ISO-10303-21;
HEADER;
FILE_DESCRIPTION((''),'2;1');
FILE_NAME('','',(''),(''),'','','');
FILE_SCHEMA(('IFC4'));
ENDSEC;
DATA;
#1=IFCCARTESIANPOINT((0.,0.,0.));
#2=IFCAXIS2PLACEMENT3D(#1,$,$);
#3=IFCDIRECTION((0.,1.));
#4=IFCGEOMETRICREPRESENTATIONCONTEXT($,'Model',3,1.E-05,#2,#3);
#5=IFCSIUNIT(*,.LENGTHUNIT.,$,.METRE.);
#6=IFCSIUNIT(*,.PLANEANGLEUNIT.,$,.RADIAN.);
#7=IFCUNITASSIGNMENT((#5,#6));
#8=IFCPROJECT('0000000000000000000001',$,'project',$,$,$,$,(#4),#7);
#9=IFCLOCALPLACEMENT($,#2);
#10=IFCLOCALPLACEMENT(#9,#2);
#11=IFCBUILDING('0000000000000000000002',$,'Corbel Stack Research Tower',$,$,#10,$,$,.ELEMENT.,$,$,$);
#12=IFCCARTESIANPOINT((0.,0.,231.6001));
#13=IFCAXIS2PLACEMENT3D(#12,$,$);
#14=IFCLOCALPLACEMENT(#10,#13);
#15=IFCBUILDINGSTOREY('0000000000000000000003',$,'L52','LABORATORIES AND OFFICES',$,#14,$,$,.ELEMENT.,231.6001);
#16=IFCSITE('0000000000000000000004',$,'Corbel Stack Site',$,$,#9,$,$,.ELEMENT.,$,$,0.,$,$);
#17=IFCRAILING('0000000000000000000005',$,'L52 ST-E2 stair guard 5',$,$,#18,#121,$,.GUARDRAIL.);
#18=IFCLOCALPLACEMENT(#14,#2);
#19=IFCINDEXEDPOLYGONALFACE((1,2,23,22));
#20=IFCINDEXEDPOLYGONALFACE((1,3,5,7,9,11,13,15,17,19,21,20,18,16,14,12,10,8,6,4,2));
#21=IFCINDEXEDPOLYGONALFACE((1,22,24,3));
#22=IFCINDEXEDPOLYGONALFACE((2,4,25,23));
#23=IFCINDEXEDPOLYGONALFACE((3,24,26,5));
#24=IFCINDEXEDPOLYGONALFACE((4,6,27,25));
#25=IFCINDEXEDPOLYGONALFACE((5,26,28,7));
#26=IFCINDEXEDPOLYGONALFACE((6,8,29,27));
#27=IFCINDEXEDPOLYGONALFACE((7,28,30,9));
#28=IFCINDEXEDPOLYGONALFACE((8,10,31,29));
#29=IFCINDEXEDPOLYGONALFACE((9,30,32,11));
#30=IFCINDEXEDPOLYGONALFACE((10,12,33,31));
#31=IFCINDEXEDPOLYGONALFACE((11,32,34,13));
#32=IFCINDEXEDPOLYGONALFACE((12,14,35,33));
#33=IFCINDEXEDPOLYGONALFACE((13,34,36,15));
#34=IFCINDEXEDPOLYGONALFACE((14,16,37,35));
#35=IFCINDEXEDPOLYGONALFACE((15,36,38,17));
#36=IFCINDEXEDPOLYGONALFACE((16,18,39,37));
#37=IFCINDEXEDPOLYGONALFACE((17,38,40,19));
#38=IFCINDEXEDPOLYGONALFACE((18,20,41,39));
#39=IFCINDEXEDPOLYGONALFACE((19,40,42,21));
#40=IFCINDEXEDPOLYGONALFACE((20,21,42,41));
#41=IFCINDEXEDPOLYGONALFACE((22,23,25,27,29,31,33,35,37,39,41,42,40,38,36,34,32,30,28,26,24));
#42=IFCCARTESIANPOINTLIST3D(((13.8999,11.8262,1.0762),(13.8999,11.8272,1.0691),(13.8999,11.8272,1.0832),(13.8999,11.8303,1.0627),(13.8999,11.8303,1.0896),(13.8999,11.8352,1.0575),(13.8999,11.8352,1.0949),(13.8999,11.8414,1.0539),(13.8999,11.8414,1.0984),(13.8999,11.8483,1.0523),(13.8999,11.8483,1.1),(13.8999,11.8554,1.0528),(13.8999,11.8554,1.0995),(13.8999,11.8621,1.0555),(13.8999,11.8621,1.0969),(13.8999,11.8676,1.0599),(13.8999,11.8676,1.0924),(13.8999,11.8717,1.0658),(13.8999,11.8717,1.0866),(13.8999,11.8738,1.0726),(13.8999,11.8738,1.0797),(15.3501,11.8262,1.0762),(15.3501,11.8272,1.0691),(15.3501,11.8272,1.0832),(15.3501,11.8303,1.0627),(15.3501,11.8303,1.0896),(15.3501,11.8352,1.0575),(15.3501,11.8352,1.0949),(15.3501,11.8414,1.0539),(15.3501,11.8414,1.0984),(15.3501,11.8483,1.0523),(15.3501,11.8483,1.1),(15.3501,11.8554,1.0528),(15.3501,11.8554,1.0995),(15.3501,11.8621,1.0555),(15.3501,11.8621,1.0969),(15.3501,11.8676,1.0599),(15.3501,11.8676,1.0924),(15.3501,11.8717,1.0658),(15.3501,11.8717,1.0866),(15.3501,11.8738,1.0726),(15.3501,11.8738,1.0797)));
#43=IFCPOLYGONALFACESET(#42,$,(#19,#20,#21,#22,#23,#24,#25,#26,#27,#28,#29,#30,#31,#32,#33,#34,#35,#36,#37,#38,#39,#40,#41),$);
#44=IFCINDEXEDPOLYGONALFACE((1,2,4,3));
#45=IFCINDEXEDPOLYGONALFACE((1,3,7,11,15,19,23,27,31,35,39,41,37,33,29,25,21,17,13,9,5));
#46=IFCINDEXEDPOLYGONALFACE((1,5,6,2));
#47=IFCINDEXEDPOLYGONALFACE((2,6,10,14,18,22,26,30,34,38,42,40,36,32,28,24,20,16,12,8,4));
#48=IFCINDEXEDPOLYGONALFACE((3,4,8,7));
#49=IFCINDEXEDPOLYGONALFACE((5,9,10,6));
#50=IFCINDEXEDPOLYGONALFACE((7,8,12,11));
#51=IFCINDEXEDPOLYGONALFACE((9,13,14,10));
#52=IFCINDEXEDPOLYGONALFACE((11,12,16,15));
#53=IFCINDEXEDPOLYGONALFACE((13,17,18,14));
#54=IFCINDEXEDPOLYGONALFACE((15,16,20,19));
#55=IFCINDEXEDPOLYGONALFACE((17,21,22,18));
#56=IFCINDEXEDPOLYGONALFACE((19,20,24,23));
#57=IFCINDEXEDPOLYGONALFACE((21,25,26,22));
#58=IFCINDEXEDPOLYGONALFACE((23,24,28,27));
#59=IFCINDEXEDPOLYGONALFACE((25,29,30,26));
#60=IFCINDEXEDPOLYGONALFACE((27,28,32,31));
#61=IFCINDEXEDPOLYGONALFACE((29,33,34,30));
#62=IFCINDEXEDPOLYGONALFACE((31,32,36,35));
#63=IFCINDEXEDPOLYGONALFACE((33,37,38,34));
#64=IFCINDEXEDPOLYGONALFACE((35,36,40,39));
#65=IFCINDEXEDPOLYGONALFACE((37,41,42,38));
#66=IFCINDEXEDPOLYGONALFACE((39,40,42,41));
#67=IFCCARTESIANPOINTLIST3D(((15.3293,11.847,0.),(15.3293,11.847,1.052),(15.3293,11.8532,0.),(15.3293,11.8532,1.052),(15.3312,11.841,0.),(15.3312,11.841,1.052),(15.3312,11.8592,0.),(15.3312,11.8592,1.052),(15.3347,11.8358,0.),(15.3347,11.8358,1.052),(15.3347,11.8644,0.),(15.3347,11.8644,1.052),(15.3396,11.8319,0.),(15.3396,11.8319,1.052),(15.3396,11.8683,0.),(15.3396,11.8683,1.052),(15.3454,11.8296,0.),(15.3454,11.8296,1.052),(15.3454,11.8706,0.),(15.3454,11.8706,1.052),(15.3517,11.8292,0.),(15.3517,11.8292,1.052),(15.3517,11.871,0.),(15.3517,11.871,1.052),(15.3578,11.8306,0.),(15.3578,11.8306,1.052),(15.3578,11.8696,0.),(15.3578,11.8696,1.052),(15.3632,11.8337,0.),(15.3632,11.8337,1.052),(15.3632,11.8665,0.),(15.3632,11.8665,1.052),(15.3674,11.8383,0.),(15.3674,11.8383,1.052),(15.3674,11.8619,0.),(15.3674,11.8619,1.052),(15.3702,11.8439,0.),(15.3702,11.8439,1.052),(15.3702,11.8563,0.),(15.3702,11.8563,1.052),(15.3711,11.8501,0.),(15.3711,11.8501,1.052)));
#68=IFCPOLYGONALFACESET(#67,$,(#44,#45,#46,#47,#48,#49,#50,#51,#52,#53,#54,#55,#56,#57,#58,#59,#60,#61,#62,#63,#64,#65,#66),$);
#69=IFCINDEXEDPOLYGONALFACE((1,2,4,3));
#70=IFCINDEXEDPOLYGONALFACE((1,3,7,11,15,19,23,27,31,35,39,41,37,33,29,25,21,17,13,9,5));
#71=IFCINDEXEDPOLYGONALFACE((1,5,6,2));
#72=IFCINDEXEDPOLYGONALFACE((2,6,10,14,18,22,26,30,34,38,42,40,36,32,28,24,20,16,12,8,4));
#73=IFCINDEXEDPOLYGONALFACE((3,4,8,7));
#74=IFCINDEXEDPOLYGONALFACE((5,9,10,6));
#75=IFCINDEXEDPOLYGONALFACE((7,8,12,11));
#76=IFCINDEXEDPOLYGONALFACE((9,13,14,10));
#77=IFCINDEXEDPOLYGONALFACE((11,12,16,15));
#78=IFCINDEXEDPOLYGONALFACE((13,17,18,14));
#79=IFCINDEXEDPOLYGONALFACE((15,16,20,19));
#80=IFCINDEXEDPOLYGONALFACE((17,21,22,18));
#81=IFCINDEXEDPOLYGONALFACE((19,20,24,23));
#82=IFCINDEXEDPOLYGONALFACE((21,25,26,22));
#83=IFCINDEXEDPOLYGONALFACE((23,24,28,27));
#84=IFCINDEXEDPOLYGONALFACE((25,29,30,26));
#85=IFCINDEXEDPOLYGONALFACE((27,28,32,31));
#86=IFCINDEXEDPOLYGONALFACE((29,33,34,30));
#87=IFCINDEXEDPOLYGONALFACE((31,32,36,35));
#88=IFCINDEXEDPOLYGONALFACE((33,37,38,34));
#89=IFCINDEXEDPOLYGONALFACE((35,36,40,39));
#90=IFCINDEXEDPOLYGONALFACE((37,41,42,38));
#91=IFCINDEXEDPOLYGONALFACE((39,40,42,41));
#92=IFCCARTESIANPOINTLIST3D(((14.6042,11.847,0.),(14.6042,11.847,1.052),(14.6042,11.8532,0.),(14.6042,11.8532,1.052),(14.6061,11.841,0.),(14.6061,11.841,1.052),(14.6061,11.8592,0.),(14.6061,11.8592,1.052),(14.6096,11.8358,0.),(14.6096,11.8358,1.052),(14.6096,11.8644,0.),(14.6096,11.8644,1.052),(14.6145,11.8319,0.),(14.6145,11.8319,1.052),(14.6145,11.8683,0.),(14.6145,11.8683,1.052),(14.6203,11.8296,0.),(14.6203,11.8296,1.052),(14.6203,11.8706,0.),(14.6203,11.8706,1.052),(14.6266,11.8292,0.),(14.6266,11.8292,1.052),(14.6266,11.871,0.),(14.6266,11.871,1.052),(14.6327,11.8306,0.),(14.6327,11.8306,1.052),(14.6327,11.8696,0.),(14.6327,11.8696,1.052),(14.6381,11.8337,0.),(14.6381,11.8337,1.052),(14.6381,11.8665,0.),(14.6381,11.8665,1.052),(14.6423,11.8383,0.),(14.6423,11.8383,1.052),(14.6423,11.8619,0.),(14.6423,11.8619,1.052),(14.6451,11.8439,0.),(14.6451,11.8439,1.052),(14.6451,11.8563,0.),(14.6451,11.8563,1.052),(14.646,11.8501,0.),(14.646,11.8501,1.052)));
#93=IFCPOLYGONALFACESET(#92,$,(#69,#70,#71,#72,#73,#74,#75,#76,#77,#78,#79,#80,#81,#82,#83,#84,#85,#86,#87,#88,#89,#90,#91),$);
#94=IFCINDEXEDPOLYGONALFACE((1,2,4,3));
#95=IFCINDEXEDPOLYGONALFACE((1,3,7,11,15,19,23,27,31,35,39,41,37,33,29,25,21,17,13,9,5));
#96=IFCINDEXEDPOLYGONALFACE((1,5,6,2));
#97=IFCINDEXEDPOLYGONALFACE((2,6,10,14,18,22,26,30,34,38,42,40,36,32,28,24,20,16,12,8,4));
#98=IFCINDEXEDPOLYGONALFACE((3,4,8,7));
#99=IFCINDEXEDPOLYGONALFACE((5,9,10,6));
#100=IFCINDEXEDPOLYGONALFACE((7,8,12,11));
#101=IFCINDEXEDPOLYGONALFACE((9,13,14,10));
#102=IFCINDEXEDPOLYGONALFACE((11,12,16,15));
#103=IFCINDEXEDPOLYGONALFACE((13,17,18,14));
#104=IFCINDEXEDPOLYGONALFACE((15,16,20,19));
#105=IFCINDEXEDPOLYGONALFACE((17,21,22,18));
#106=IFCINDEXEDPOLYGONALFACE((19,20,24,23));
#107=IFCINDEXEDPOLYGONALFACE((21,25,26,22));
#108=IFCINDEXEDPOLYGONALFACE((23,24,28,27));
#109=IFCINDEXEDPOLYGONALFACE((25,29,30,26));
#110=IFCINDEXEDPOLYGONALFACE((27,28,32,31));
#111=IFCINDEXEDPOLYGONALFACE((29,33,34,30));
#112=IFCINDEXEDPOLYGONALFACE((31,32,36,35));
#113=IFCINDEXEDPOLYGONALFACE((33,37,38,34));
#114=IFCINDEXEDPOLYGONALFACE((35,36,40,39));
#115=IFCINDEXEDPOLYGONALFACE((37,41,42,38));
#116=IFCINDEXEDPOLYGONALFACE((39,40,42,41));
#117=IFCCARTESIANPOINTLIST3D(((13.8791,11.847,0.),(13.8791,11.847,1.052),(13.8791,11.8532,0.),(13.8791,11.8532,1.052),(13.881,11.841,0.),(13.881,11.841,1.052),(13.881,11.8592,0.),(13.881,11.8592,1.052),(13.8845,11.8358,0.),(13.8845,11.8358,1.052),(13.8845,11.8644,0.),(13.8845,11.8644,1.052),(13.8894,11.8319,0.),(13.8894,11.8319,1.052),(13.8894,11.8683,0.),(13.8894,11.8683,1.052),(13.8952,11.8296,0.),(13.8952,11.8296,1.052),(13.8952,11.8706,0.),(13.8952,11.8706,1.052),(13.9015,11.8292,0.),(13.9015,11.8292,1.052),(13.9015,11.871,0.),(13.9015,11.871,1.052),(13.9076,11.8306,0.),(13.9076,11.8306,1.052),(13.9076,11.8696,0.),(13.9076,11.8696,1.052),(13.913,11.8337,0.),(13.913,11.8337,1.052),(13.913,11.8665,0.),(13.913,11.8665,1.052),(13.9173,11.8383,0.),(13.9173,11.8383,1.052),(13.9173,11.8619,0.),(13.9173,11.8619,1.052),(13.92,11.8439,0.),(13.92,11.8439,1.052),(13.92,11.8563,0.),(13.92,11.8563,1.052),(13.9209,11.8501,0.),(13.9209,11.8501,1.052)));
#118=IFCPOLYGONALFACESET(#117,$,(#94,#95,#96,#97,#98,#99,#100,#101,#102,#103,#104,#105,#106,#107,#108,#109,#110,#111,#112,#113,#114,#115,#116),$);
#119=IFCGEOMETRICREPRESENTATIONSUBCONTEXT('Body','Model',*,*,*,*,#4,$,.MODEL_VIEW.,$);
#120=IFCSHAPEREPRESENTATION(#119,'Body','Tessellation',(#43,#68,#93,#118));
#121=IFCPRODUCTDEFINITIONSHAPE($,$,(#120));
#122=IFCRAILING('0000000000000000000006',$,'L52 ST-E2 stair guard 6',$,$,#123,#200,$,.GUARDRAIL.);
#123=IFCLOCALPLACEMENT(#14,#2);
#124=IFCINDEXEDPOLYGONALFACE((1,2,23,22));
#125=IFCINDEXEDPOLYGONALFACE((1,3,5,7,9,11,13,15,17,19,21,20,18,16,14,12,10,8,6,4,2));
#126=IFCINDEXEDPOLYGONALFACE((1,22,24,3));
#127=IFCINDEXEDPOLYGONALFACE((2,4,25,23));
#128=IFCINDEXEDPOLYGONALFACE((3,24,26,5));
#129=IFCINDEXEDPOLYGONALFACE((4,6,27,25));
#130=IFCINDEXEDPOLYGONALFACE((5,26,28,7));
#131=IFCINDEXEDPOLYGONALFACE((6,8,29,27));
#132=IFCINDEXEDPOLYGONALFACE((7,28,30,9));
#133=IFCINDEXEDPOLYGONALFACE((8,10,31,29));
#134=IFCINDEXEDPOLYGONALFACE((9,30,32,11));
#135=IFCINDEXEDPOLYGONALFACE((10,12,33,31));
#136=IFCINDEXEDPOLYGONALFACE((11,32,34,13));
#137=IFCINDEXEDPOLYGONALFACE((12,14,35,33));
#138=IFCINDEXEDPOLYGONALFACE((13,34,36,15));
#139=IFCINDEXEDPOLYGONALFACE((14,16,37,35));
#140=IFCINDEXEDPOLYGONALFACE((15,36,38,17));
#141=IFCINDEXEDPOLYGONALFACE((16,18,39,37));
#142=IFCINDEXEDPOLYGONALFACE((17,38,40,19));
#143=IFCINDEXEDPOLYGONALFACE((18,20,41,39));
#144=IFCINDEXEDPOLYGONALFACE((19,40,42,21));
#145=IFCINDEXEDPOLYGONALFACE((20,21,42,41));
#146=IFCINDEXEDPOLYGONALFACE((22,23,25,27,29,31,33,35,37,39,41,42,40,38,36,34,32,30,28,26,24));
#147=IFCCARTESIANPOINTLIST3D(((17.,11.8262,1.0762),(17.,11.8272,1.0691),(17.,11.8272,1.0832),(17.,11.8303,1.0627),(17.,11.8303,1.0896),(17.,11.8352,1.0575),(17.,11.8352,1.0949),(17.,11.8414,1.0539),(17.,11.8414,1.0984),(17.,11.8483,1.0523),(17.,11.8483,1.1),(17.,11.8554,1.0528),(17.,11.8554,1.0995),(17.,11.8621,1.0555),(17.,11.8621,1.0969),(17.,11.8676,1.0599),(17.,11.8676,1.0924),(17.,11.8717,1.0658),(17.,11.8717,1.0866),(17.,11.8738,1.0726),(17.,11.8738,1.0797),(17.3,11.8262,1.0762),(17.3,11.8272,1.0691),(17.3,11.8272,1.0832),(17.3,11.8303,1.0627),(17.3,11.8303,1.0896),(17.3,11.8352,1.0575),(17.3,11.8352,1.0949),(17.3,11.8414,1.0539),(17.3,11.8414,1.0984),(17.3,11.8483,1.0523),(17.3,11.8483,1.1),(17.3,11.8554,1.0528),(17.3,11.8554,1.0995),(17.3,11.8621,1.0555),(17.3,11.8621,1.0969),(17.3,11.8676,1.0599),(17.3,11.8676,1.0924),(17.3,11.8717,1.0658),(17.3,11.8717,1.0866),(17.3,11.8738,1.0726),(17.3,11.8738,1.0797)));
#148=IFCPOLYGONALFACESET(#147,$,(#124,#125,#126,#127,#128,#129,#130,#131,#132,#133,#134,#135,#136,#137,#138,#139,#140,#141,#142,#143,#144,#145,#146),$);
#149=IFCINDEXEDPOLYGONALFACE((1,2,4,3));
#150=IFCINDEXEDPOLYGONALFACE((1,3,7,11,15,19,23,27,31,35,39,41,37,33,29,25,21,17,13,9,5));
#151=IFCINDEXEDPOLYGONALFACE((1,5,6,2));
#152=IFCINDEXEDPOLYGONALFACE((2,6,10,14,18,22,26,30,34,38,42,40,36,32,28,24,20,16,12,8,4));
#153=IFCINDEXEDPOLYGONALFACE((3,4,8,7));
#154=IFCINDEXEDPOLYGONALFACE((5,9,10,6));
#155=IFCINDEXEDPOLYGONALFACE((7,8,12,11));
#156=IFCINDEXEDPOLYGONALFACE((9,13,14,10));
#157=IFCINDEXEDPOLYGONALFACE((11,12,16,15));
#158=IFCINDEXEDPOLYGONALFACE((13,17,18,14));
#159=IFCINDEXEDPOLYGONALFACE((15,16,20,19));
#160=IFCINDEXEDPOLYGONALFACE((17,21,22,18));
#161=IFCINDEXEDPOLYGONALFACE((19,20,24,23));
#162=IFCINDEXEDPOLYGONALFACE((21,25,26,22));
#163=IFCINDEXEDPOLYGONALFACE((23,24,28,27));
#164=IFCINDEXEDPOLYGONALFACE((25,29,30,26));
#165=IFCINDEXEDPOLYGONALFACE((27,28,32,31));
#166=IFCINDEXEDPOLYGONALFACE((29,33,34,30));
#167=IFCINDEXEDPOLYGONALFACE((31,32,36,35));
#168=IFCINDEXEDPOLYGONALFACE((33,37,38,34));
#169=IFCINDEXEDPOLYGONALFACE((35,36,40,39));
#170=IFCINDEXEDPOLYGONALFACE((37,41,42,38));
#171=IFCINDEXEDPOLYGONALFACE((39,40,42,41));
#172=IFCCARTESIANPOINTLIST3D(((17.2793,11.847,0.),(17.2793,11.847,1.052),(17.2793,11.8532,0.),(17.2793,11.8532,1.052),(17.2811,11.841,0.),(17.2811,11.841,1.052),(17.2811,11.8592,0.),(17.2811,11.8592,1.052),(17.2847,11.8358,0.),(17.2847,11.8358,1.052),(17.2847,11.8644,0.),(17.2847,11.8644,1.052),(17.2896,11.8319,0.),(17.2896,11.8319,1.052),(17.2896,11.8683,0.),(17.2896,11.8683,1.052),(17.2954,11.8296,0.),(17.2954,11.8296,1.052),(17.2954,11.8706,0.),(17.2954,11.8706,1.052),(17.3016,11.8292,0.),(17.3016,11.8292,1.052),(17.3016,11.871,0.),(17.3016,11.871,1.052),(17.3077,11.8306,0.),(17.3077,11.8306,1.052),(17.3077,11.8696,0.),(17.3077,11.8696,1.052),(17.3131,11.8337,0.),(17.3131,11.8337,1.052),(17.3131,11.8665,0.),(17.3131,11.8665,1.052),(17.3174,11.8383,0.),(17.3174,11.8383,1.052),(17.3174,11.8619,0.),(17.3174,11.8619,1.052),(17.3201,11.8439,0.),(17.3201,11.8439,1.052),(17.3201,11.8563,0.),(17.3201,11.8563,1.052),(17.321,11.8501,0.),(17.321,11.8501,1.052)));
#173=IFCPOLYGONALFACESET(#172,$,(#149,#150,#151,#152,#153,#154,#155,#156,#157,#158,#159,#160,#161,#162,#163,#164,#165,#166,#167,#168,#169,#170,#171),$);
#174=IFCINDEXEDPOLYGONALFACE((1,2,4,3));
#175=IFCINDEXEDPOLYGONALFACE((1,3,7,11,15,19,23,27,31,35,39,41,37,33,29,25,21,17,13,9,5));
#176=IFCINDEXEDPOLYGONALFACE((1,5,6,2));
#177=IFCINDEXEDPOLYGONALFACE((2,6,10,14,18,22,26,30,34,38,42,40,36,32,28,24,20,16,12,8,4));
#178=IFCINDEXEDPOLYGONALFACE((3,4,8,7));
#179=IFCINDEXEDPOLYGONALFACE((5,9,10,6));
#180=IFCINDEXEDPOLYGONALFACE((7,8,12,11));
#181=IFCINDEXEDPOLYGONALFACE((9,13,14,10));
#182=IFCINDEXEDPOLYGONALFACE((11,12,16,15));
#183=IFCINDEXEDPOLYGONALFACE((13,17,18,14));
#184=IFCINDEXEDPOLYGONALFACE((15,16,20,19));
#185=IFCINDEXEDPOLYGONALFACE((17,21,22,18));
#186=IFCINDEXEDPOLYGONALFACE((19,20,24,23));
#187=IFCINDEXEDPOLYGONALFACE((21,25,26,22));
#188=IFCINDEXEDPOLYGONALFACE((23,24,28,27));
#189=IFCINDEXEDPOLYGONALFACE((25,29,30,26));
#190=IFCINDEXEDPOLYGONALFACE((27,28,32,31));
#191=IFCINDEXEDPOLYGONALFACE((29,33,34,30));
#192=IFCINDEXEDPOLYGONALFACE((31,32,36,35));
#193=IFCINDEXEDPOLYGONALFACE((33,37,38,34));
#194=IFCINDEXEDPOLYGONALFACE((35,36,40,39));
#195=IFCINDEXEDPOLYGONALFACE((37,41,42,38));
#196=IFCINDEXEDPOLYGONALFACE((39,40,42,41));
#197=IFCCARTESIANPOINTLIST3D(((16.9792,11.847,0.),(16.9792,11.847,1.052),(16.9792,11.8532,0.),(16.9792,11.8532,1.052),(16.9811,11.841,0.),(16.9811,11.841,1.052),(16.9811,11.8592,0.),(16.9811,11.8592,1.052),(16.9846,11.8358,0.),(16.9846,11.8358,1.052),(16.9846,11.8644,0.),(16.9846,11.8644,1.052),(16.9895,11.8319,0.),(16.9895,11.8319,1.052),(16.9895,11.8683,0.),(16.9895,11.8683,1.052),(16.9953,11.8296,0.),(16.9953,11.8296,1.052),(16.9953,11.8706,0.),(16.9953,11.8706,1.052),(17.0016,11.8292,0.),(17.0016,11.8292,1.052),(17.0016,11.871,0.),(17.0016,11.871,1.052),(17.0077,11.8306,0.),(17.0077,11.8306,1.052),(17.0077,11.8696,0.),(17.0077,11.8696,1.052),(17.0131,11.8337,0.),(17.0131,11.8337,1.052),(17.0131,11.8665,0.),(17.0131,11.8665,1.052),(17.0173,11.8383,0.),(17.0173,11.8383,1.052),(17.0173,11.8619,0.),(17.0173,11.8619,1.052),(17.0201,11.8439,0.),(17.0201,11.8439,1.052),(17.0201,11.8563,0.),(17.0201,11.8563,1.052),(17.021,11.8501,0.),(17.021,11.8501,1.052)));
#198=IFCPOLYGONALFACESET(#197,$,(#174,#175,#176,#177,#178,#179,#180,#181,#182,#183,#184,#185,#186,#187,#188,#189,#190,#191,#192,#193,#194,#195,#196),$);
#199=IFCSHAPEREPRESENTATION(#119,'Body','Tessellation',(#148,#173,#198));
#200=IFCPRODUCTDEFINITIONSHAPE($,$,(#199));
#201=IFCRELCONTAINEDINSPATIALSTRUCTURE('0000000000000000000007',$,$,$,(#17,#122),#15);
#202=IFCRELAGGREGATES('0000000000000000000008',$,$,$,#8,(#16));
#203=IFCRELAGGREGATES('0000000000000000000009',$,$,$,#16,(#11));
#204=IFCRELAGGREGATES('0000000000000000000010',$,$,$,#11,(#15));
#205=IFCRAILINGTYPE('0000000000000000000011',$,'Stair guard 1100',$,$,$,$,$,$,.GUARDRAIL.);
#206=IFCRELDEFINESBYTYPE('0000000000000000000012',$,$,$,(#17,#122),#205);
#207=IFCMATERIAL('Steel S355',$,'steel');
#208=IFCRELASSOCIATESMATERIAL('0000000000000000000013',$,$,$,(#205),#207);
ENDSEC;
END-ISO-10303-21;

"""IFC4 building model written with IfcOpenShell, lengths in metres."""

from ifc_helpers import new_model, si_unit, direction, frame, origin, origin_2d, place, context, subcontext, project, spatial, circle, extrude, material, type_object, element, save


model = new_model("IFC4")

# Units and contexts
model_context = context("Model", 3, precision=1e-05, world=origin(), true_north=direction((0.0, 1.0)))
body_context = subcontext(model_context, "Body", "Model", "MODEL_VIEW")
ifc_project = project(units=[si_unit("LENGTHUNIT", "METRE"), si_unit("PLANEANGLEUNIT", "RADIAN")], contexts=[model_context])

# Site, building, storey
site_placement = place(None, origin())
site = spatial("IfcSite", under=ifc_project, at=site_placement, Name="Corbel Stack Site", CompositionType="ELEMENT", RefElevation=0.0)
building_placement = place(site_placement, origin())
building = spatial("IfcBuilding", under=site, at=building_placement, Name="Corbel Stack Research Tower", CompositionType="ELEMENT")
storey_placement = place(building_placement, frame((0.0, 0.0, 231.6001)))
storey = spatial("IfcBuildingStorey", under=building, at=storey_placement, Name="L52", Description="LABORATORIES AND OFFICES", CompositionType="ELEMENT", Elevation=231.6001)

# Railings
ifc_material_1 = material(Name="Steel S355", Category="steel")
railing_type_1 = type_object("IfcRailingType", Name="Stair guard 1100", PredefinedType="GUARDRAIL", material=ifc_material_1)
railing_1_placement = place(storey_placement, frame((15.3501, 11.8501, 0.0)))
element("IfcRailing", 1, at=railing_1_placement, inside=storey, type_object=railing_type_1, Name="L52 ST-E2 stair guard 5", PredefinedType="GUARDRAIL", context=body_context, shape_type="SweptSolid", body=[
    extrude(circle(Radius=0.0239, at=origin_2d()), frame((0.0, 0.0, 1.0762), z_axis=(-1.0, 0.0, 0.0), x_axis=(0.0, -1.0, 0.0)), (0.0, 0.0, 1.0), 1.4502),
    extrude(circle(Radius=0.021, at=origin_2d()), origin(), (0.0, 0.0, 1.0), 1.052),
    extrude(circle(Radius=0.021, at=origin_2d()), frame((-0.7251, 0.0, 0.0)), (0.0, 0.0, 1.0), 1.052),
    extrude(circle(Radius=0.021, at=origin_2d()), frame((-1.4502, 0.0, 0.0)), (0.0, 0.0, 1.0), 1.052),
])
railing_2_placement = place(storey_placement, frame((17.3, 11.8501, 0.0)))
element("IfcRailing", 2, at=railing_2_placement, inside=storey, type_object=railing_type_1, Name="L52 ST-E2 stair guard 6", PredefinedType="GUARDRAIL", context=body_context, shape_type="SweptSolid", body=[
    extrude(circle(Radius=0.0239, at=origin_2d()), frame((0.0, 0.0, 1.0762), z_axis=(-1.0, 0.0, 0.0), x_axis=(0.0, -1.0, 0.0)), (0.0, 0.0, 1.0), 0.3),
    extrude(circle(Radius=0.021, at=origin_2d()), origin(), (0.0, 0.0, 1.0), 1.052),
    extrude(circle(Radius=0.021, at=origin_2d()), frame((-0.3, 0.0, 0.0)), (0.0, 0.0, 1.0), 1.052),
])

save(model, "model.ifc")
